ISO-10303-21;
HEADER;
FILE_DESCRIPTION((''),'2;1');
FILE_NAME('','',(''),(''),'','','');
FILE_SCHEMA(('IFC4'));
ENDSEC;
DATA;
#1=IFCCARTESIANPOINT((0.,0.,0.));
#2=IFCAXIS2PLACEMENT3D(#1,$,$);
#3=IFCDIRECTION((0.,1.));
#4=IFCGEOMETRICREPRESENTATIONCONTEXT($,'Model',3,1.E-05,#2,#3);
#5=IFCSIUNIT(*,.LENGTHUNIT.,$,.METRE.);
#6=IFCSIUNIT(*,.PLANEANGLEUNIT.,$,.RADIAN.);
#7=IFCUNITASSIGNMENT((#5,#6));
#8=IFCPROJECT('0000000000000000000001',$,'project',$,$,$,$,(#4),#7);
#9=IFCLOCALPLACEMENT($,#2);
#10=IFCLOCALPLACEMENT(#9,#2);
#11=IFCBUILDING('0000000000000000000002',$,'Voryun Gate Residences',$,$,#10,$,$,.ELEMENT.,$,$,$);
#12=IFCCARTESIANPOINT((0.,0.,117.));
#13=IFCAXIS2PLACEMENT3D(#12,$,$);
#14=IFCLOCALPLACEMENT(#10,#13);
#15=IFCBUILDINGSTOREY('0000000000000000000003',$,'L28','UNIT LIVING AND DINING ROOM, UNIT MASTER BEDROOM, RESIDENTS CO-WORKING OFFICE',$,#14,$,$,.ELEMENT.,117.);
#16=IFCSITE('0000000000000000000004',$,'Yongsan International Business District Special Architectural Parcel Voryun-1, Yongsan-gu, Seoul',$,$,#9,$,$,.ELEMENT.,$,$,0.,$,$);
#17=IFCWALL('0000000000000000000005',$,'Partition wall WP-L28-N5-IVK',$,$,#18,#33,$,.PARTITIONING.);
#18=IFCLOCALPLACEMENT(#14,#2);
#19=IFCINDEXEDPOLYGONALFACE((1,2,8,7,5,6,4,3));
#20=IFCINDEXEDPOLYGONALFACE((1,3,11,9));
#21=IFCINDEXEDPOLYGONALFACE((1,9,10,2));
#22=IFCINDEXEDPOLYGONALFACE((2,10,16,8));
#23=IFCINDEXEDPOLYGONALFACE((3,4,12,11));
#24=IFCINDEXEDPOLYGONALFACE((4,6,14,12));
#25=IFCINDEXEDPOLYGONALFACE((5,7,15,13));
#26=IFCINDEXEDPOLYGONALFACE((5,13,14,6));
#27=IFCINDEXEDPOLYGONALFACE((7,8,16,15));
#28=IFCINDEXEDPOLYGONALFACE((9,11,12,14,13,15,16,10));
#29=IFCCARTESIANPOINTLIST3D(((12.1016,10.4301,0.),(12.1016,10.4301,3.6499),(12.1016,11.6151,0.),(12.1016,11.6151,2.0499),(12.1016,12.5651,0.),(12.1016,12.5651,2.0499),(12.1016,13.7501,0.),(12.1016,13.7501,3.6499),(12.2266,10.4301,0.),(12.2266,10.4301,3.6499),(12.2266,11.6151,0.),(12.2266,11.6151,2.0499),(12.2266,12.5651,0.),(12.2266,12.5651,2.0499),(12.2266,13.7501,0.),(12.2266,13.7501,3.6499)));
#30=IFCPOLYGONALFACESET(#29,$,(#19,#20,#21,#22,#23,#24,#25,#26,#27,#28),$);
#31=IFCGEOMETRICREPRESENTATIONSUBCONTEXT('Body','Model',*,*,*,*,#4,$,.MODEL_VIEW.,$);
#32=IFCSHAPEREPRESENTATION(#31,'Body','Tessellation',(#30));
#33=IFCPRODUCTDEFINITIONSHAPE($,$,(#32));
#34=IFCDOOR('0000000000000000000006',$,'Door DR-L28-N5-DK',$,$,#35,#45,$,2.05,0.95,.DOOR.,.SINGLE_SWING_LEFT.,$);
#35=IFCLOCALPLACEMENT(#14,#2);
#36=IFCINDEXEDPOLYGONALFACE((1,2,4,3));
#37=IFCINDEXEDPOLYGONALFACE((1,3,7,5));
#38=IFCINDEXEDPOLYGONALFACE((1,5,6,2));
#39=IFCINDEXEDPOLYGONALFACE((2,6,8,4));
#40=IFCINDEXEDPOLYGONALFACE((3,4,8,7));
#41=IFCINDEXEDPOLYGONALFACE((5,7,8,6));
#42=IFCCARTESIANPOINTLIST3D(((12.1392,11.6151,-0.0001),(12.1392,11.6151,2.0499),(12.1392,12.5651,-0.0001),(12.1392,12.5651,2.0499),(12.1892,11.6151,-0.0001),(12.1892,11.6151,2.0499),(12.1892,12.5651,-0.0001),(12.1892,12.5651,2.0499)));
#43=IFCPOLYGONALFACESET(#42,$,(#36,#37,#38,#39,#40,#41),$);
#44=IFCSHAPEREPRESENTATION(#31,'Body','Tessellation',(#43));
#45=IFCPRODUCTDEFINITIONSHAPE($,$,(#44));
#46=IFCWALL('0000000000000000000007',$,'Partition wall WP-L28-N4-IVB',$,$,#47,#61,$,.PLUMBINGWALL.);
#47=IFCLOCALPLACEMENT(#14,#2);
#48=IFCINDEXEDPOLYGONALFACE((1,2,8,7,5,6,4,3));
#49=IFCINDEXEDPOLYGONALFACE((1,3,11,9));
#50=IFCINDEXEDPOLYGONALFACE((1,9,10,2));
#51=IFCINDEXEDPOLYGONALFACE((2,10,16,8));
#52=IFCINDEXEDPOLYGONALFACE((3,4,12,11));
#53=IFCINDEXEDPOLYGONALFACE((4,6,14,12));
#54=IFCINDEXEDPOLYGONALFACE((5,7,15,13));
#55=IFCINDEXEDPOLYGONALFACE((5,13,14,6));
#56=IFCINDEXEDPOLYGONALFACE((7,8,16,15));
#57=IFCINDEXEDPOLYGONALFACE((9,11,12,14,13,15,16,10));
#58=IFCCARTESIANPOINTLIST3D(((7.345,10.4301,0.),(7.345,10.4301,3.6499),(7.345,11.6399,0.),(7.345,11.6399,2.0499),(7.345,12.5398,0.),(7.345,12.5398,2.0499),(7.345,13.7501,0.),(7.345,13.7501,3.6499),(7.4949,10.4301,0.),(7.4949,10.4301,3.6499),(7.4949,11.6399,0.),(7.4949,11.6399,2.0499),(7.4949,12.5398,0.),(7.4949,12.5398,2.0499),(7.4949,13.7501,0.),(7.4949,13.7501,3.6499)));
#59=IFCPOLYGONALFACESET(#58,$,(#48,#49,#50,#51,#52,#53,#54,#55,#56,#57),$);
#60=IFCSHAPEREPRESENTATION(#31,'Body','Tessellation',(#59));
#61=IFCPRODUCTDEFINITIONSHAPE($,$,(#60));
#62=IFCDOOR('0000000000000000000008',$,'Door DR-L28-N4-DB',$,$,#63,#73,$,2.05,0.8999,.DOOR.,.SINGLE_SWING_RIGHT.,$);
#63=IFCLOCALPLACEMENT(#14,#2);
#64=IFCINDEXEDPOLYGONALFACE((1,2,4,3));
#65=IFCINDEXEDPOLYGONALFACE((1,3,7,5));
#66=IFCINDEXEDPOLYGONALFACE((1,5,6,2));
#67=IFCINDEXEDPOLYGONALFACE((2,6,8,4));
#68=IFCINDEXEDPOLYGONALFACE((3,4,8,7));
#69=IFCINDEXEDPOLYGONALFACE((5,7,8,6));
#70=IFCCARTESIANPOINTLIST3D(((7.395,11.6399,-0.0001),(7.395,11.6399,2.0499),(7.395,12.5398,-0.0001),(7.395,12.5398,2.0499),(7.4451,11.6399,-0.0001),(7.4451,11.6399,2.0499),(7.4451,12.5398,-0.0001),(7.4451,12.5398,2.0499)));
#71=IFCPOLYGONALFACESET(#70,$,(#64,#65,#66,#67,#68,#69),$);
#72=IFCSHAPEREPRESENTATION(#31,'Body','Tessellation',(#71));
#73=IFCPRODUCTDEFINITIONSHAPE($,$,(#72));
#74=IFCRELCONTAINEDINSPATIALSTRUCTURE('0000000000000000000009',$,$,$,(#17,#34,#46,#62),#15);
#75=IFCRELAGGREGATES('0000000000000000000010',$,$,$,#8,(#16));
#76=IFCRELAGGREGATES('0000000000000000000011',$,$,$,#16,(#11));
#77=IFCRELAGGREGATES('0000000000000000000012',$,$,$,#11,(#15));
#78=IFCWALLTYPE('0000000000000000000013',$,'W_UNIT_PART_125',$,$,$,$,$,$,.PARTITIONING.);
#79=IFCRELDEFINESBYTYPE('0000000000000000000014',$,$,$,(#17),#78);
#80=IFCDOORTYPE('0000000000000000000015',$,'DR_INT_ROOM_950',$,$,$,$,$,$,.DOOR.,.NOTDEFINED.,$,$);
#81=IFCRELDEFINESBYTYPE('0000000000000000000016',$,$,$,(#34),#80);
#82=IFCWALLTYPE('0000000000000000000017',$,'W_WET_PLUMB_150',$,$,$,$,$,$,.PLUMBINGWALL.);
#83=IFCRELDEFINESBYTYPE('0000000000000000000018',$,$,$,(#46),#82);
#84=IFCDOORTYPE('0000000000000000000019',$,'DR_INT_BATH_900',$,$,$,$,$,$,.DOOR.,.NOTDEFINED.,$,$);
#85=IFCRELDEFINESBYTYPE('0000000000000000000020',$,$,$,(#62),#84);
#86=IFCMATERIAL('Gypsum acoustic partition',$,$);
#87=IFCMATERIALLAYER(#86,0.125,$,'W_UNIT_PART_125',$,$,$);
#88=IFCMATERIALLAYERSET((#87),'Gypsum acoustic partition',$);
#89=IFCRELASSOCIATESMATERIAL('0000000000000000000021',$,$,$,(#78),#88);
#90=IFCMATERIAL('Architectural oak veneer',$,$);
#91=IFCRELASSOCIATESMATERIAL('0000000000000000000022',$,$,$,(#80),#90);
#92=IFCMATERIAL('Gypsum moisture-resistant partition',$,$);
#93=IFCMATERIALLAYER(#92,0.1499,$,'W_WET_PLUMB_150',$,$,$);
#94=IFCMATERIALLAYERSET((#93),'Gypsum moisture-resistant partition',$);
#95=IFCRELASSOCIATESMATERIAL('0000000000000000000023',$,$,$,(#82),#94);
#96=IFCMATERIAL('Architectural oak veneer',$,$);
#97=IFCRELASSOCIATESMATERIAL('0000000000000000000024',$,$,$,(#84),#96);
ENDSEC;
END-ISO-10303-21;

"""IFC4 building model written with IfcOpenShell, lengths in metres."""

from ifc_helpers import new_model, si_unit, direction, frame, frame_2d, origin, place, context, subcontext, project, spatial, rectangle, extrude, material, layer, layer_set, type_object, element, fill, save


model = new_model("IFC4")

# Units and contexts
model_context = context("Model", 3, precision=1e-05, world=origin(), true_north=direction((0.0, 1.0)))
body_context = subcontext(model_context, "Body", "Model", "MODEL_VIEW")
ifc_project = project(units=[si_unit("LENGTHUNIT", "METRE"), si_unit("PLANEANGLEUNIT", "RADIAN")], contexts=[model_context])

# Site, building, storey
site_placement = place(None, origin())
site = spatial("IfcSite", under=ifc_project, at=site_placement, Name="Yongsan International Business District Special Architectural Parcel Voryun-1, Yongsan-gu, Seoul", CompositionType="ELEMENT", RefElevation=0.0)
building_placement = place(site_placement, origin())
building = spatial("IfcBuilding", under=site, at=building_placement, Name="Voryun Gate Residences", CompositionType="ELEMENT")
storey_placement = place(building_placement, frame((0.0, 0.0, 117.0)))
storey = spatial("IfcBuildingStorey", under=building, at=storey_placement, Name="L28", Description="UNIT LIVING AND DINING ROOM, UNIT MASTER BEDROOM, RESIDENTS CO-WORKING OFFICE", CompositionType="ELEMENT", Elevation=117.0)

# Walls, openings, doors
ifc_material_1 = material(Name="Gypsum acoustic partition")
ifc_layer_1 = layer(ifc_material_1, 0.125, Name="W_UNIT_PART_125")
ifc_layer_set_1 = layer_set([ifc_layer_1], Name="Gypsum acoustic partition")
wall_type_1 = type_object("IfcWallType", Name="W_UNIT_PART_125", PredefinedType="PARTITIONING", material=ifc_layer_set_1)
wall_1_placement = place(storey_placement, frame((12.1641, 10.4299, 0.0), z_axis=(0.0, 0.0, 1.0), x_axis=(0.0, 1.0, 0.0)))
wall_1 = element("IfcWall", 1, at=wall_1_placement, inside=storey, type_object=wall_type_1, Name="Partition wall WP-L28-N5-IVK", PredefinedType="PARTITIONING", context=body_context, shape_type="SweptSolid", body=[
    extrude(rectangle(XDim=3.3201, YDim=0.125, at=frame_2d((1.6602, 0.0))), origin(), (0.0, 0.0, 1.0), 3.6499),
])
opening_1_placement = place(wall_1_placement, frame((1.1851, 0.0, 0.0)))
opening_1 = element("IfcOpeningElement", 2, at=opening_1_placement, cuts=wall_1, PredefinedType="OPENING", context=body_context, shape_type="SweptSolid", body=[
    extrude(rectangle(XDim=0.95, YDim=2.05, at=frame_2d((0.4751, 1.0249))), frame((0.0, 0.0725, 0.0), z_axis=(0.0, -1.0, 0.0), x_axis=(1.0, 0.0, 0.0)), (0.0, 0.0, 1.0), 0.145),
])
ifc_material_2 = material(Name="Architectural oak veneer")
door_type_1 = type_object("IfcDoorType", Name="DR_INT_ROOM_950", OperationType="NOTDEFINED", PredefinedType="DOOR", material=ifc_material_2)
door_1_placement = place(opening_1_placement, origin())
door_1 = element("IfcDoor", 3, at=door_1_placement, inside=storey, type_object=door_type_1, Name="Door DR-L28-N5-DK", OperationType="SINGLE_SWING_LEFT", OverallHeight=2.05, OverallWidth=0.95, PredefinedType="DOOR", context=body_context, shape_type="SweptSolid", body=[
    extrude(rectangle(XDim=0.95, YDim=2.05, at=frame_2d((0.4751, 1.0249))), frame((0.0, 0.0249, 0.0), z_axis=(0.0, -1.0, 0.0), x_axis=(1.0, 0.0, 0.0)), (0.0, 0.0, 1.0), 0.05),
])
fill(opening_1, door_1)
ifc_material_3 = material(Name="Gypsum moisture-resistant partition")
ifc_layer_2 = layer(ifc_material_3, 0.1499, Name="W_WET_PLUMB_150")
ifc_layer_set_2 = layer_set([ifc_layer_2], Name="Gypsum moisture-resistant partition")
wall_type_2 = type_object("IfcWallType", Name="W_WET_PLUMB_150", PredefinedType="PLUMBINGWALL", material=ifc_layer_set_2)
wall_2_placement = place(storey_placement, frame((7.4199, 10.4299, 0.0), z_axis=(0.0, 0.0, 1.0), x_axis=(0.0, 1.0, 0.0)))
wall_2 = element("IfcWall", 4, at=wall_2_placement, inside=storey, type_object=wall_type_2, Name="Partition wall WP-L28-N4-IVB", PredefinedType="PLUMBINGWALL", context=body_context, shape_type="SweptSolid", body=[
    extrude(rectangle(XDim=3.3201, YDim=0.1499, at=frame_2d((1.6602, 0.0))), origin(), (0.0, 0.0, 1.0), 3.6499),
])
opening_2_placement = place(wall_2_placement, frame((1.21, 0.0, 0.0)))
opening_2 = element("IfcOpeningElement", 5, at=opening_2_placement, cuts=wall_2, PredefinedType="OPENING", context=body_context, shape_type="SweptSolid", body=[
    extrude(rectangle(XDim=0.8999, YDim=2.05, at=frame_2d((0.45, 1.0249))), frame((0.0, 0.085, 0.0), z_axis=(0.0, -1.0, 0.0), x_axis=(1.0, 0.0, 0.0)), (0.0, 0.0, 1.0), 0.1699),
])
ifc_material_4 = material(Name="Architectural oak veneer")
door_type_2 = type_object("IfcDoorType", Name="DR_INT_BATH_900", OperationType="NOTDEFINED", PredefinedType="DOOR", material=ifc_material_4)
door_2_placement = place(opening_2_placement, origin())
door_2 = element("IfcDoor", 6, at=door_2_placement, inside=storey, type_object=door_type_2, Name="Door DR-L28-N4-DB", OperationType="SINGLE_SWING_RIGHT", OverallHeight=2.05, OverallWidth=0.8999, PredefinedType="DOOR", context=body_context, shape_type="SweptSolid", body=[
    extrude(rectangle(XDim=0.8999, YDim=2.05, at=frame_2d((0.45, 1.0249))), frame((0.0, 0.0249, 0.0), z_axis=(0.0, -1.0, 0.0), x_axis=(1.0, 0.0, 0.0)), (0.0, 0.0, 1.0), 0.05),
])
fill(opening_2, door_2)

save(model, "model.ifc")
